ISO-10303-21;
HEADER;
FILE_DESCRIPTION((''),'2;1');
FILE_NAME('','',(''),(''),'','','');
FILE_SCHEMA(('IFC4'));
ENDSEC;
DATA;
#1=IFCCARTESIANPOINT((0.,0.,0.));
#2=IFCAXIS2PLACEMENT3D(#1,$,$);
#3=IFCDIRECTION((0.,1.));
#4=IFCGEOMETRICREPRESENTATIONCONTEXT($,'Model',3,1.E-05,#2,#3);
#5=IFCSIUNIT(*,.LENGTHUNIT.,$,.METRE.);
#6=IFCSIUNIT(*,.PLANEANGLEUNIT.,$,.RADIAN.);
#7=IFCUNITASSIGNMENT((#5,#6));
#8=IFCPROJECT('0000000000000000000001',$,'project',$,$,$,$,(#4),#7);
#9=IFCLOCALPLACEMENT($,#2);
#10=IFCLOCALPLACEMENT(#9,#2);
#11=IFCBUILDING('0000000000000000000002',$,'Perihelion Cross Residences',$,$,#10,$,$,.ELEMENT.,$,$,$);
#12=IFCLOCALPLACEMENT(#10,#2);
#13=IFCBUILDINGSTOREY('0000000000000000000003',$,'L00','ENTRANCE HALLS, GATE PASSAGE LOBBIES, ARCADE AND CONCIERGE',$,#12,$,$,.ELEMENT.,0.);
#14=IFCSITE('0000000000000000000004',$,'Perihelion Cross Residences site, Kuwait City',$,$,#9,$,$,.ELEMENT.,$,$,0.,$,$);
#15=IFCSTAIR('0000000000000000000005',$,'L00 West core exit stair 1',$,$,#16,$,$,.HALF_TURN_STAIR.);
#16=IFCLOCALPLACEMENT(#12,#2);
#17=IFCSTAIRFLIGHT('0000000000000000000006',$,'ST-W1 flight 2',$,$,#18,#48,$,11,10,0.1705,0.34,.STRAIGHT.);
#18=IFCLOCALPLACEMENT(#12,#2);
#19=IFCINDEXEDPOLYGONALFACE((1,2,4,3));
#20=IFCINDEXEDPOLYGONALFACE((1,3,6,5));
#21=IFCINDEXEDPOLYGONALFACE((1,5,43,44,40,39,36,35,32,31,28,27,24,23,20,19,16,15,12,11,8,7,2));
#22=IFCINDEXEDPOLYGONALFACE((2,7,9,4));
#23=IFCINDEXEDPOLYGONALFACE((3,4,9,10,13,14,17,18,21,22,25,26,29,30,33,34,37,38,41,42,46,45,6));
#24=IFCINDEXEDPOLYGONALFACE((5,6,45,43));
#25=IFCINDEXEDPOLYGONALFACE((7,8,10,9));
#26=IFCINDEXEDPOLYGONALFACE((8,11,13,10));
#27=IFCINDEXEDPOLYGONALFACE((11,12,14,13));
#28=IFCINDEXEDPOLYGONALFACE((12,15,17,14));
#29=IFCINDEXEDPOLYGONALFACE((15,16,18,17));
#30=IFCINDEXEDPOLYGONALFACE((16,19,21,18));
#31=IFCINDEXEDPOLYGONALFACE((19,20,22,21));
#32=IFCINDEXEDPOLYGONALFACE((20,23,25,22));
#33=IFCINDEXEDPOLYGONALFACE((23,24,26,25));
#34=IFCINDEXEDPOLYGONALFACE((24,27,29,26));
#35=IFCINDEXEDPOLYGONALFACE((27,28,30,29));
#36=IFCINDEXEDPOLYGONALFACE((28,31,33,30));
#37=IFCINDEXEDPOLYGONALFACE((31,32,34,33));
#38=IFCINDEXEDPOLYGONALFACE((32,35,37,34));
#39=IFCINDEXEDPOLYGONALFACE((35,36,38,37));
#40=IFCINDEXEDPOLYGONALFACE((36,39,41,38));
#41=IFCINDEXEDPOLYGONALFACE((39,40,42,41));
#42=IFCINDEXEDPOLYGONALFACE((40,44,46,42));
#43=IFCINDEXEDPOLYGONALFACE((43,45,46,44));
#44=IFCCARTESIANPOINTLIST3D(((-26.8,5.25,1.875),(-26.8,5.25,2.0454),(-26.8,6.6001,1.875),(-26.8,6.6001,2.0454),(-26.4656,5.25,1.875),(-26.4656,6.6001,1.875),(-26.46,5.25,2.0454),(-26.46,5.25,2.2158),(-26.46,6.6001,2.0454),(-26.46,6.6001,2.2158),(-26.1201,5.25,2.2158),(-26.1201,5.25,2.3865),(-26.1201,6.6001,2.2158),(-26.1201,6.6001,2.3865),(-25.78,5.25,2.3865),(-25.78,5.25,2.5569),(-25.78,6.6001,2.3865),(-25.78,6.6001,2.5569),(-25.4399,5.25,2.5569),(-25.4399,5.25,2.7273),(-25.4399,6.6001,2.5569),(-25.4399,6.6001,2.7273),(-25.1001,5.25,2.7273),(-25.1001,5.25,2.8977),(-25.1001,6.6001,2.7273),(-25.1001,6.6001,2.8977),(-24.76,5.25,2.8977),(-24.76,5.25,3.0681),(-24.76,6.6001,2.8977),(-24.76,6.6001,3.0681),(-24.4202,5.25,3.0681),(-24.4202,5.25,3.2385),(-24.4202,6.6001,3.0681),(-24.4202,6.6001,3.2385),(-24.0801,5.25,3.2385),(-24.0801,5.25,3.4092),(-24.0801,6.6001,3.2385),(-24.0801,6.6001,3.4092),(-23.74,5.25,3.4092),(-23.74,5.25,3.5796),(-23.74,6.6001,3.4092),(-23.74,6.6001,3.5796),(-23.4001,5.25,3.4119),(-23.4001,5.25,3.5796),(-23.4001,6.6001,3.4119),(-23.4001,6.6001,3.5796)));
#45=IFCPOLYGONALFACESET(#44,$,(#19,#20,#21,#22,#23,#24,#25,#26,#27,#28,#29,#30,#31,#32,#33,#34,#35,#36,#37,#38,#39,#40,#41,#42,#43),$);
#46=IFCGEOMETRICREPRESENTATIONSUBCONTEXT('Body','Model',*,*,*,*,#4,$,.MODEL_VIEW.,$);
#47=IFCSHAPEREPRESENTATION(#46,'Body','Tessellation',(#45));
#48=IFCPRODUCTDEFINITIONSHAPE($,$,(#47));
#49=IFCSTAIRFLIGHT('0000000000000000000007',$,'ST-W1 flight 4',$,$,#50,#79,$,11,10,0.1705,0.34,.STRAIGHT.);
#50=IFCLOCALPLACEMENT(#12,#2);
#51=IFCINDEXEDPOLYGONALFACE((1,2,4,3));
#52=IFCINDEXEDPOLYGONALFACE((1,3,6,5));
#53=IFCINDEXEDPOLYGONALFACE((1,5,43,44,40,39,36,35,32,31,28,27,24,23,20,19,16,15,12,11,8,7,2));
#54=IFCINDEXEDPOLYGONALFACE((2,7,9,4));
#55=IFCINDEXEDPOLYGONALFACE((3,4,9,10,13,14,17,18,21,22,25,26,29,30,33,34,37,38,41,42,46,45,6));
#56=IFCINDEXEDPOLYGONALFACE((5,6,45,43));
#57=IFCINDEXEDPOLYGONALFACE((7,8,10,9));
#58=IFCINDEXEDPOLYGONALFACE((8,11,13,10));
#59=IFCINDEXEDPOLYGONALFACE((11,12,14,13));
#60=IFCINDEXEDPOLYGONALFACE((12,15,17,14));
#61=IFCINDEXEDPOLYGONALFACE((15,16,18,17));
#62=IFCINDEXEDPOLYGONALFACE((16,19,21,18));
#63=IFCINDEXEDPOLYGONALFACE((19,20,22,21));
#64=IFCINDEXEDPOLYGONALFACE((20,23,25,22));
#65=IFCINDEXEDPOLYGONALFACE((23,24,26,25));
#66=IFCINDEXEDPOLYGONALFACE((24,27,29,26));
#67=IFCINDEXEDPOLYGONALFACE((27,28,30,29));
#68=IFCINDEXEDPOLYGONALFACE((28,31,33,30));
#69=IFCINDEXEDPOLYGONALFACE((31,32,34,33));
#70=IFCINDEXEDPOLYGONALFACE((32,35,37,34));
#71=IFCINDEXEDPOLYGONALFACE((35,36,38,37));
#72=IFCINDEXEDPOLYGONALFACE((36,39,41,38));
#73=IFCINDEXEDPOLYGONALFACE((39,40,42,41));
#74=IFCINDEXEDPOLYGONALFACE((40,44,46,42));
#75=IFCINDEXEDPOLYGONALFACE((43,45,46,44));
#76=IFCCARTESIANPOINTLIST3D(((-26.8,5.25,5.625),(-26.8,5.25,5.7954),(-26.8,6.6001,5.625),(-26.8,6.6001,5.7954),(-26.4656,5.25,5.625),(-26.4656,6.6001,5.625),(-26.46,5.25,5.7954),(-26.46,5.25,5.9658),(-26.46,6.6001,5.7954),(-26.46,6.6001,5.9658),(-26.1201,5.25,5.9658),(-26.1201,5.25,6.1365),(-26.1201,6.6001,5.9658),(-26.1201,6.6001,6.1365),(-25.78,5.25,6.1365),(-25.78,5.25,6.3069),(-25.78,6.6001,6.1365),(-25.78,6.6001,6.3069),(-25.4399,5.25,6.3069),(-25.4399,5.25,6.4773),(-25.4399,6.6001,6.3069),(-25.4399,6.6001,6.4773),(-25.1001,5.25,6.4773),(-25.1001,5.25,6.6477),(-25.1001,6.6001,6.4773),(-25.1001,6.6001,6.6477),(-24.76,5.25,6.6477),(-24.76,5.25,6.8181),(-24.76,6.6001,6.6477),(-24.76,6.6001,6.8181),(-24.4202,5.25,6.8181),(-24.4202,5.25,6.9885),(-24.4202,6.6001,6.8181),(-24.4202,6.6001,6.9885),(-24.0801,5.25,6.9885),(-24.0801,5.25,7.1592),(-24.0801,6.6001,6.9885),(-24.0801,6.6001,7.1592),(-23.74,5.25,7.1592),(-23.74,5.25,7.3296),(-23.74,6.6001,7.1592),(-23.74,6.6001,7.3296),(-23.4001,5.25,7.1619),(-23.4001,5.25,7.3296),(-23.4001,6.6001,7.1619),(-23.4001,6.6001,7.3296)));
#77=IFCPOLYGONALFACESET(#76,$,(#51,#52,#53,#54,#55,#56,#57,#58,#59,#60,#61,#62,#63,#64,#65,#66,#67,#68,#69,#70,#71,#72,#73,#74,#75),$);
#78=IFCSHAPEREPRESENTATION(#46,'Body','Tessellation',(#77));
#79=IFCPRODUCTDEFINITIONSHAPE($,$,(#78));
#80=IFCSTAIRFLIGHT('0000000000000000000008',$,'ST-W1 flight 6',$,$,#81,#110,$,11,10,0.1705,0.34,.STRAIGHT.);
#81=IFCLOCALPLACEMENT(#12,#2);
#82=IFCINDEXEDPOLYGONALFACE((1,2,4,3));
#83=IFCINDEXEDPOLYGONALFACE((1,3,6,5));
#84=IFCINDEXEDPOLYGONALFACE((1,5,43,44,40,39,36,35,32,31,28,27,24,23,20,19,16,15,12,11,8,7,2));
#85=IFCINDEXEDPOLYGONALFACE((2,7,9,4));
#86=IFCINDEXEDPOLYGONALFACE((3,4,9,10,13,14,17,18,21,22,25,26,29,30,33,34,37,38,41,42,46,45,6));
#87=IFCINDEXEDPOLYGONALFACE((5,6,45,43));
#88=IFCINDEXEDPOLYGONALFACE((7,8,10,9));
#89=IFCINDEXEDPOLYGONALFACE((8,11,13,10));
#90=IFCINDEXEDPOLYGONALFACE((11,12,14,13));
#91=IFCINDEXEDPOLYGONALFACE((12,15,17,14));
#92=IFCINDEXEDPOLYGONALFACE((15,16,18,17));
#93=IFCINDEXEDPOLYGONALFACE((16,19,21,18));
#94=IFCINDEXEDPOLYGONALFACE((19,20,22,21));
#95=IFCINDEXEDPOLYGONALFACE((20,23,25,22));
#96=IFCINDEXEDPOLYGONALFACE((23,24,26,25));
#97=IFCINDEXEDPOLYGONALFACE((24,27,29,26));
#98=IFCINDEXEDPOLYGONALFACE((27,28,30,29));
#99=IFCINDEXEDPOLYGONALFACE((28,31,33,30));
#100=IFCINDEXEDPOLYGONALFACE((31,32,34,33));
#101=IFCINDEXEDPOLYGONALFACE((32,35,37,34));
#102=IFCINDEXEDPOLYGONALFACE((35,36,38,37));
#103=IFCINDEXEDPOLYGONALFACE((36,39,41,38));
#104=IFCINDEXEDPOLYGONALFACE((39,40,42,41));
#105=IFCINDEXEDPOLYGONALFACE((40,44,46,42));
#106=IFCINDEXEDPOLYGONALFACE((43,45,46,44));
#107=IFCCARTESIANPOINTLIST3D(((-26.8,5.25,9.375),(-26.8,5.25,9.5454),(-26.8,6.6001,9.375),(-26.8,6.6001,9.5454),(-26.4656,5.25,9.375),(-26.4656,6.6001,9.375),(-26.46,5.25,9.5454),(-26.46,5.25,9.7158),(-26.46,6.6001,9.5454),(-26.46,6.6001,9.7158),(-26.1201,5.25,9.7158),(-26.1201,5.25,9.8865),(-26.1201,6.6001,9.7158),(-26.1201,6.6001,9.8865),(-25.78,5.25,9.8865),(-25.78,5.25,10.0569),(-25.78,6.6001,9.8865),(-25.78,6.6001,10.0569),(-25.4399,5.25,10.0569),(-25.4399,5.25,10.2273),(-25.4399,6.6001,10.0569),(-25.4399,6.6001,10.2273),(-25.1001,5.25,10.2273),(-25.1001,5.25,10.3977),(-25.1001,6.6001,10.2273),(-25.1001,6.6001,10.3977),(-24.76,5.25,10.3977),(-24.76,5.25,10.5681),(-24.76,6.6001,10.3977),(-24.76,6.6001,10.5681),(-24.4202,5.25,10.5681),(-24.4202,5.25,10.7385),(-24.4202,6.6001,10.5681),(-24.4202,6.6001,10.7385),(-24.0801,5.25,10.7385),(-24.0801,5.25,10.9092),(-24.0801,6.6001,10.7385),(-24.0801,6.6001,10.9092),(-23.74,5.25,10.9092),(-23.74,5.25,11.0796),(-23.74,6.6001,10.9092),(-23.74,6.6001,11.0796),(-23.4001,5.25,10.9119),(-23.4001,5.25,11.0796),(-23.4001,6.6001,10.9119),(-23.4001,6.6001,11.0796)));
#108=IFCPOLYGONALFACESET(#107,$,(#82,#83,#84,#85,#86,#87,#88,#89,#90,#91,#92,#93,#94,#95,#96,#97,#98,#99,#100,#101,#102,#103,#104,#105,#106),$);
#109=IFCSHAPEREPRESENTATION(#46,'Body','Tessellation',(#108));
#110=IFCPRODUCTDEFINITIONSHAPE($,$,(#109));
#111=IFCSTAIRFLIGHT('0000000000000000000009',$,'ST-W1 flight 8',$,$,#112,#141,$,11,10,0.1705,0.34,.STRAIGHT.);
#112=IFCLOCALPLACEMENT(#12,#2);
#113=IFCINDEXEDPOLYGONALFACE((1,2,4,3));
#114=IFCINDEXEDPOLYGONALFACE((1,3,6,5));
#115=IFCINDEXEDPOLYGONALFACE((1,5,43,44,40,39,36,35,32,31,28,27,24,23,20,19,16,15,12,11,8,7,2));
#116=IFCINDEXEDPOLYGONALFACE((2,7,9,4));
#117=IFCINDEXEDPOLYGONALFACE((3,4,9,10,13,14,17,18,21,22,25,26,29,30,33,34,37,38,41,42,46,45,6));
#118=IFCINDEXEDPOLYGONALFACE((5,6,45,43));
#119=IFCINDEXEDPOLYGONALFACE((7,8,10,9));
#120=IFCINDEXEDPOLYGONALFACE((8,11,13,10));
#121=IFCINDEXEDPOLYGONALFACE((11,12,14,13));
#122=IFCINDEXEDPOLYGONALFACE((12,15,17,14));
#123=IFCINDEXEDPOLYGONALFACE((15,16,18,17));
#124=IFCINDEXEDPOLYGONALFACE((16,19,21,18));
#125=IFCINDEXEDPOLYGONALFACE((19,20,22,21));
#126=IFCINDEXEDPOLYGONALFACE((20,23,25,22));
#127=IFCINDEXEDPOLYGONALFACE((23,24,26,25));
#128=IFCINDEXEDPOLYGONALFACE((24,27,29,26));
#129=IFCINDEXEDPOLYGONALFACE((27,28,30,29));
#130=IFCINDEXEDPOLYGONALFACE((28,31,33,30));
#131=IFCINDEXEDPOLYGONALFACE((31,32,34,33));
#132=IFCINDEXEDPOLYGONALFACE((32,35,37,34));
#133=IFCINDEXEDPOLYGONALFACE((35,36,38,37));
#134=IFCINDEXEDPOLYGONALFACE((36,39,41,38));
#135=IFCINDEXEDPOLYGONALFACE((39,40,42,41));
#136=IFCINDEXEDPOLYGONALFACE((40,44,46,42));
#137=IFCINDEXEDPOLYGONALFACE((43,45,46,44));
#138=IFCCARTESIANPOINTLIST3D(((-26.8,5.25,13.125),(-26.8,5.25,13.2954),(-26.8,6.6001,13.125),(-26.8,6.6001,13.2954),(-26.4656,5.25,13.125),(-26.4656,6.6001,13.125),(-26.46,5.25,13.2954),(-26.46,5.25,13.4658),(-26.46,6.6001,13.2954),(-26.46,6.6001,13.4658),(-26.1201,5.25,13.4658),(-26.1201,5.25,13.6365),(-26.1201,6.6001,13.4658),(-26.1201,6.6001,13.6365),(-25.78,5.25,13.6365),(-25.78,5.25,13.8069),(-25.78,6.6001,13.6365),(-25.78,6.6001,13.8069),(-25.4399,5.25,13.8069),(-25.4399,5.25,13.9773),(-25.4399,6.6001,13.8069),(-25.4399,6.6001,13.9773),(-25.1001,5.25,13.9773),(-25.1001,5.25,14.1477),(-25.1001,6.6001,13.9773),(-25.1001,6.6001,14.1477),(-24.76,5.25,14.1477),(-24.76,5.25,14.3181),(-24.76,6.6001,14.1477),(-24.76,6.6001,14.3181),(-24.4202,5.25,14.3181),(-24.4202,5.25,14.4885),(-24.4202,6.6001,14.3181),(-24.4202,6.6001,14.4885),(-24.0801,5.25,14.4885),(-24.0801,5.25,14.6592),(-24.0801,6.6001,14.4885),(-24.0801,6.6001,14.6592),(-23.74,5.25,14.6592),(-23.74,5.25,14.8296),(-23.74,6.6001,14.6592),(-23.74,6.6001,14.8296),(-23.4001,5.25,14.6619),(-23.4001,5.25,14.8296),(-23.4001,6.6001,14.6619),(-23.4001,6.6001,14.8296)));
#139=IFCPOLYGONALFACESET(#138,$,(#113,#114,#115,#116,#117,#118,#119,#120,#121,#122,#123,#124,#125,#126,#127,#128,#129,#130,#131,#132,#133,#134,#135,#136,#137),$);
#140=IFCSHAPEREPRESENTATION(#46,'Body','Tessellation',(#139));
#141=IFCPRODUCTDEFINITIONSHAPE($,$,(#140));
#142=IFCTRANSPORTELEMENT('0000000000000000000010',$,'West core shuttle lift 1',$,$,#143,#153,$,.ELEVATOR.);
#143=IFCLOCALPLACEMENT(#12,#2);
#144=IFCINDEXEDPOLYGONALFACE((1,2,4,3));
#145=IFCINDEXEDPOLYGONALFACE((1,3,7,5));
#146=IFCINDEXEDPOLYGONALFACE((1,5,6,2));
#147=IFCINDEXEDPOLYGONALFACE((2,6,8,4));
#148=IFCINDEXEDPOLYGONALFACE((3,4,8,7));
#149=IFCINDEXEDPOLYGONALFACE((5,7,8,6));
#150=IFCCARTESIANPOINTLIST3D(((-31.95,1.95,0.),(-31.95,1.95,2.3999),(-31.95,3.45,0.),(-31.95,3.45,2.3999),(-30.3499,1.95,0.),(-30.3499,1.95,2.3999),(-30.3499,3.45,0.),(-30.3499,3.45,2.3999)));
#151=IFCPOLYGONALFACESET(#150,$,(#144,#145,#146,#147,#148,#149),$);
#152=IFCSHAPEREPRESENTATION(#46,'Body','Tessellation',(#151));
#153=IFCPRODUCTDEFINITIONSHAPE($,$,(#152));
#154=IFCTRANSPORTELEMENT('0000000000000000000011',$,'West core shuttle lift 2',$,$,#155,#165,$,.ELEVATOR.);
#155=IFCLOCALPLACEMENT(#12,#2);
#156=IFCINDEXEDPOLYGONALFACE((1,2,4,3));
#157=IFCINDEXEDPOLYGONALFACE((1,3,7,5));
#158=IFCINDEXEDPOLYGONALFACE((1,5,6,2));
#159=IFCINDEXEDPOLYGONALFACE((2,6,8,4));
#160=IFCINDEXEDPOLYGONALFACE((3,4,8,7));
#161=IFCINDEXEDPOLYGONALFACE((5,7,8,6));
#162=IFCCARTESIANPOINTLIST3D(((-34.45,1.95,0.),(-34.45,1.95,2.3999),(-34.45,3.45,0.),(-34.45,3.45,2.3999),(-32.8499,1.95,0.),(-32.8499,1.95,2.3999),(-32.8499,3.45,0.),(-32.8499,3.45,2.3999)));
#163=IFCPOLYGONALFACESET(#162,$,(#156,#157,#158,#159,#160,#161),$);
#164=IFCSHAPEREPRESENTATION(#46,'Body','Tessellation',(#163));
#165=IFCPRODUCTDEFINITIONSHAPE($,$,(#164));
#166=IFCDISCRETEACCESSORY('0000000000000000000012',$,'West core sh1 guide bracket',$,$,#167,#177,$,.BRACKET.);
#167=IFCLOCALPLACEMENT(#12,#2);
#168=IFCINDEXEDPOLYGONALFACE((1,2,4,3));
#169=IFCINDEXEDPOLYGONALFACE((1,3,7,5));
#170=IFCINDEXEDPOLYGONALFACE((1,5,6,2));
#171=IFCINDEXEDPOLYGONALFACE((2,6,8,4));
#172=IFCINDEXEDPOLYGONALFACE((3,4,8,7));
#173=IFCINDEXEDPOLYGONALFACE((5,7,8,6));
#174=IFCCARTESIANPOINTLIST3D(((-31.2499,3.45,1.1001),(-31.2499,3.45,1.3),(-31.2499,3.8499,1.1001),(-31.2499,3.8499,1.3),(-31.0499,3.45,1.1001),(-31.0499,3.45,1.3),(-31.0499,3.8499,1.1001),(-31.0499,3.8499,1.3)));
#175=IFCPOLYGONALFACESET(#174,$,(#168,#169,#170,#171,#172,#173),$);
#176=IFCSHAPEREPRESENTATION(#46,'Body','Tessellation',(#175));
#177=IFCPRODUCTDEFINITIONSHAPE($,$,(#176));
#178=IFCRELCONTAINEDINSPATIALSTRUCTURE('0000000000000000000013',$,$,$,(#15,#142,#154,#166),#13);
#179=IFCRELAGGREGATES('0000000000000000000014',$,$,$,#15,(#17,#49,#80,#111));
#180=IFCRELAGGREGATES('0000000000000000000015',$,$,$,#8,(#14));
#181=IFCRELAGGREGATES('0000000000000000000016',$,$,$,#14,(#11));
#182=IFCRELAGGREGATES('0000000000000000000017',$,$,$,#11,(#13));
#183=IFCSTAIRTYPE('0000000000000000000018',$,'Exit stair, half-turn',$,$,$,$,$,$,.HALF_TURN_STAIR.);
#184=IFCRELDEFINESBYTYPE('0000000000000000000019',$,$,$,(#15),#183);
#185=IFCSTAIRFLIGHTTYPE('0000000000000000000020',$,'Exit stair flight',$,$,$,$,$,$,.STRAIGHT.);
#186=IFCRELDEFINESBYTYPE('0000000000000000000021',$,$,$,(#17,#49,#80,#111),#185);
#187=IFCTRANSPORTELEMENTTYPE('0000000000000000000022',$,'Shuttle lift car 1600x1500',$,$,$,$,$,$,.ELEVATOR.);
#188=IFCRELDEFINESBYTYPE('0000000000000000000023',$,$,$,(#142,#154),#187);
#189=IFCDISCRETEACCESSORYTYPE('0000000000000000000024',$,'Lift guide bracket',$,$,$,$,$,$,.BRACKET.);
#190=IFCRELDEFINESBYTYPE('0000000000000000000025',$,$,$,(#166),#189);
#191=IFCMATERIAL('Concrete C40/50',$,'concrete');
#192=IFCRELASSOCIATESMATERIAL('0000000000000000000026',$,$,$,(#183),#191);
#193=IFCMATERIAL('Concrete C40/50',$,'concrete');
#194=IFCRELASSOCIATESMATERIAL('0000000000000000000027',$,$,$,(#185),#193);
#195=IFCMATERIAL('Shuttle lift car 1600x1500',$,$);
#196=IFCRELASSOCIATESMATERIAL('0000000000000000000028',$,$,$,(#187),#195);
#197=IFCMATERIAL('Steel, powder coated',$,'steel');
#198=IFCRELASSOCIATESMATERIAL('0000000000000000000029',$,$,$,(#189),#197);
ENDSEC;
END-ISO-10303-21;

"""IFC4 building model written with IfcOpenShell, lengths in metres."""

from ifc_helpers import new_model, si_unit, direction, frame, origin, origin_2d, place, context, subcontext, project, spatial, polyline, rectangle, outline, extrude, material, type_object, element, aggregate, save


model = new_model("IFC4")

# Units and contexts
model_context = context("Model", 3, precision=1e-05, world=origin(), true_north=direction((0.0, 1.0)))
body_context = subcontext(model_context, "Body", "Model", "MODEL_VIEW")
ifc_project = project(units=[si_unit("LENGTHUNIT", "METRE"), si_unit("PLANEANGLEUNIT", "RADIAN")], contexts=[model_context])

# Site, building, storey
site_placement = place(None, origin())
site = spatial("IfcSite", under=ifc_project, at=site_placement, Name="Perihelion Cross Residences site, Kuwait City", CompositionType="ELEMENT", RefElevation=0.0)
building_placement = place(site_placement, origin())
building = spatial("IfcBuilding", under=site, at=building_placement, Name="Perihelion Cross Residences", CompositionType="ELEMENT")
storey_placement = place(building_placement, origin())
storey = spatial("IfcBuildingStorey", under=building, at=storey_placement, Name="L00", Description="ENTRANCE HALLS, GATE PASSAGE LOBBIES, ARCADE AND CONCIERGE", CompositionType="ELEMENT", Elevation=0.0)

# Stair, stair flights
ifc_material_1 = material(Name="Concrete C40/50", Category="concrete")
stair_type = type_object("IfcStairType", Name="Exit stair, half-turn", PredefinedType="HALF_TURN_STAIR", material=ifc_material_1)
stair_placement = place(storey_placement, origin())
stair = element("IfcStair", 1, at=stair_placement, inside=storey, type_object=stair_type, Name="L00 West core exit stair 1", PredefinedType="HALF_TURN_STAIR")
ifc_material_2 = material(Name="Concrete C40/50", Category="concrete")
stair_flight_type = type_object("IfcStairFlightType", Name="Exit stair flight", PredefinedType="STRAIGHT", material=ifc_material_2)
stair_flight_1_placement = place(storey_placement, frame((-26.8, 5.925, 1.875), z_axis=(0.0, 0.0, 1.0), x_axis=(1.0, 0.0, 0.0)))
stair_flight_1 = element("IfcStairFlight", 2, at=stair_flight_1_placement, type_object=stair_flight_type, Name="ST-W1 flight 2", NumberOfRisers=11, NumberOfTreads=10, PredefinedType="STRAIGHT", RiserHeight=0.1705, TreadLength=0.34, context=body_context, shape_type="SweptSolid", body=[
    extrude(outline(polyline([(0.0, 0.0), (0.0, 0.1704), (0.3401, 0.1704), (0.3401, 0.3408), (0.6799, 0.3408), (0.6799, 0.5115), (1.02, 0.5115), (1.02, 0.6819), (1.3601, 0.6819), (1.3601, 0.8523), (1.7, 0.8523), (1.7, 1.0227), (2.04, 1.0227), (2.04, 1.1931), (2.3799, 1.1931), (2.3799, 1.3635), (2.72, 1.3635), (2.72, 1.5342), (3.0601, 1.5342), (3.0601, 1.7046), (3.3999, 1.7046), (3.3999, 1.875), (3.3999, 1.5369), (0.3345, 0.0), (0.0, 0.0)])), frame((0.0, 0.675, 0.0), z_axis=(0.0, -1.0, 0.0), x_axis=(1.0, 0.0, 0.0)), (0.0, 0.0, 1.0), 1.3501),
])
stair_flight_2_placement = place(storey_placement, frame((-26.8, 5.925, 5.625), z_axis=(0.0, 0.0, 1.0), x_axis=(1.0, 0.0, 0.0)))
stair_flight_2 = element("IfcStairFlight", 3, at=stair_flight_2_placement, type_object=stair_flight_type, Name="ST-W1 flight 4", NumberOfRisers=11, NumberOfTreads=10, PredefinedType="STRAIGHT", RiserHeight=0.1705, TreadLength=0.34, context=body_context, shape_type="SweptSolid", body=[
    extrude(outline(polyline([(0.0, 0.0), (0.0, 0.1704), (0.3401, 0.1704), (0.3401, 0.3408), (0.6799, 0.3408), (0.6799, 0.5115), (1.02, 0.5115), (1.02, 0.6819), (1.3601, 0.6819), (1.3601, 0.8523), (1.7, 0.8523), (1.7, 1.0227), (2.04, 1.0227), (2.04, 1.1931), (2.3799, 1.1931), (2.3799, 1.3635), (2.72, 1.3635), (2.72, 1.5342), (3.0601, 1.5342), (3.0601, 1.7046), (3.3999, 1.7046), (3.3999, 1.875), (3.3999, 1.5369), (0.3345, 0.0), (0.0, 0.0)])), frame((0.0, 0.675, 0.0), z_axis=(0.0, -1.0, 0.0), x_axis=(1.0, 0.0, 0.0)), (0.0, 0.0, 1.0), 1.3501),
])
stair_flight_3_placement = place(storey_placement, frame((-26.8, 5.925, 9.375), z_axis=(0.0, 0.0, 1.0), x_axis=(1.0, 0.0, 0.0)))
stair_flight_3 = element("IfcStairFlight", 4, at=stair_flight_3_placement, type_object=stair_flight_type, Name="ST-W1 flight 6", NumberOfRisers=11, NumberOfTreads=10, PredefinedType="STRAIGHT", RiserHeight=0.1705, TreadLength=0.34, context=body_context, shape_type="SweptSolid", body=[
    extrude(outline(polyline([(0.0, 0.0), (0.0, 0.1704), (0.3401, 0.1704), (0.3401, 0.3408), (0.6799, 0.3408), (0.6799, 0.5115), (1.02, 0.5115), (1.02, 0.6819), (1.3601, 0.6819), (1.3601, 0.8523), (1.7, 0.8523), (1.7, 1.0227), (2.04, 1.0227), (2.04, 1.1931), (2.3799, 1.1931), (2.3799, 1.3635), (2.72, 1.3635), (2.72, 1.5342), (3.0601, 1.5342), (3.0601, 1.7046), (3.3999, 1.7046), (3.3999, 1.875), (3.3999, 1.5369), (0.3345, 0.0), (0.0, 0.0)])), frame((0.0, 0.675, 0.0), z_axis=(0.0, -1.0, 0.0), x_axis=(1.0, 0.0, 0.0)), (0.0, 0.0, 1.0), 1.3501),
])
stair_flight_4_placement = place(storey_placement, frame((-26.8, 5.925, 13.125), z_axis=(0.0, 0.0, 1.0), x_axis=(1.0, 0.0, 0.0)))
stair_flight_4 = element("IfcStairFlight", 5, at=stair_flight_4_placement, type_object=stair_flight_type, Name="ST-W1 flight 8", NumberOfRisers=11, NumberOfTreads=10, PredefinedType="STRAIGHT", RiserHeight=0.1705, TreadLength=0.34, context=body_context, shape_type="SweptSolid", body=[
    extrude(outline(polyline([(0.0, 0.0), (0.0, 0.1704), (0.3401, 0.1704), (0.3401, 0.3408), (0.6799, 0.3408), (0.6799, 0.5115), (1.02, 0.5115), (1.02, 0.6819), (1.3601, 0.6819), (1.3601, 0.8523), (1.7, 0.8523), (1.7, 1.0227), (2.04, 1.0227), (2.04, 1.1931), (2.3799, 1.1931), (2.3799, 1.3635), (2.72, 1.3635), (2.72, 1.5342), (3.0601, 1.5342), (3.0601, 1.7046), (3.3999, 1.7046), (3.3999, 1.875), (3.3999, 1.5369), (0.3345, 0.0), (0.0, 0.0)])), frame((0.0, 0.675, 0.0), z_axis=(0.0, -1.0, 0.0), x_axis=(1.0, 0.0, 0.0)), (0.0, 0.0, 1.0), 1.3501),
])
aggregate(stair, [stair_flight_1, stair_flight_2, stair_flight_3, stair_flight_4])

# Transport elements
ifc_material_3 = material(Name="Shuttle lift car 1600x1500")
transport_element_type = type_object("IfcTransportElementType", Name="Shuttle lift car 1600x1500", PredefinedType="ELEVATOR", material=ifc_material_3)
for number, where, z_axis, x_axis, name in (
    (6, (-31.1499, 2.7, 0.0), (0.0, 0.0, 1.0), (1.0, 0.0, 0.0), "West core shuttle lift 1"),
    (7, (-33.6499, 2.7, 0.0), (0.0, 0.0, 1.0), (1.0, 0.0, 0.0), "West core shuttle lift 2"),
):
    element("IfcTransportElement", number, at=place(storey_placement, frame(where, z_axis=z_axis, x_axis=x_axis)), inside=storey, type_object=transport_element_type, Name=name, PredefinedType="ELEVATOR", context=body_context, shape_type="SweptSolid", body=[
        extrude(rectangle(XDim=1.6001, YDim=1.5, at=origin_2d()), origin(), (0.0, 0.0, 1.0), 2.3999),
    ])

# Discrete accessory
ifc_material_4 = material(Name="Steel, powder coated", Category="steel")
discrete_accessory_type = type_object("IfcDiscreteAccessoryType", Name="Lift guide bracket", PredefinedType="BRACKET", material=ifc_material_4)
for number, where, z_axis, x_axis, name in (
    (8, (-31.1499, 3.6499, 1.1001), (0.0, 0.0, 1.0), (1.0, 0.0, 0.0), "West core sh1 guide bracket"),
):
    element("IfcDiscreteAccessory", number, at=place(storey_placement, frame(where, z_axis=z_axis, x_axis=x_axis)), inside=storey, type_object=discrete_accessory_type, Name=name, PredefinedType="BRACKET", context=body_context, shape_type="SweptSolid", body=[
        extrude(rectangle(XDim=0.2, YDim=0.3999, at=origin_2d()), origin(), (0.0, 0.0, 1.0), 0.2),
    ])

save(model, "model.ifc")
